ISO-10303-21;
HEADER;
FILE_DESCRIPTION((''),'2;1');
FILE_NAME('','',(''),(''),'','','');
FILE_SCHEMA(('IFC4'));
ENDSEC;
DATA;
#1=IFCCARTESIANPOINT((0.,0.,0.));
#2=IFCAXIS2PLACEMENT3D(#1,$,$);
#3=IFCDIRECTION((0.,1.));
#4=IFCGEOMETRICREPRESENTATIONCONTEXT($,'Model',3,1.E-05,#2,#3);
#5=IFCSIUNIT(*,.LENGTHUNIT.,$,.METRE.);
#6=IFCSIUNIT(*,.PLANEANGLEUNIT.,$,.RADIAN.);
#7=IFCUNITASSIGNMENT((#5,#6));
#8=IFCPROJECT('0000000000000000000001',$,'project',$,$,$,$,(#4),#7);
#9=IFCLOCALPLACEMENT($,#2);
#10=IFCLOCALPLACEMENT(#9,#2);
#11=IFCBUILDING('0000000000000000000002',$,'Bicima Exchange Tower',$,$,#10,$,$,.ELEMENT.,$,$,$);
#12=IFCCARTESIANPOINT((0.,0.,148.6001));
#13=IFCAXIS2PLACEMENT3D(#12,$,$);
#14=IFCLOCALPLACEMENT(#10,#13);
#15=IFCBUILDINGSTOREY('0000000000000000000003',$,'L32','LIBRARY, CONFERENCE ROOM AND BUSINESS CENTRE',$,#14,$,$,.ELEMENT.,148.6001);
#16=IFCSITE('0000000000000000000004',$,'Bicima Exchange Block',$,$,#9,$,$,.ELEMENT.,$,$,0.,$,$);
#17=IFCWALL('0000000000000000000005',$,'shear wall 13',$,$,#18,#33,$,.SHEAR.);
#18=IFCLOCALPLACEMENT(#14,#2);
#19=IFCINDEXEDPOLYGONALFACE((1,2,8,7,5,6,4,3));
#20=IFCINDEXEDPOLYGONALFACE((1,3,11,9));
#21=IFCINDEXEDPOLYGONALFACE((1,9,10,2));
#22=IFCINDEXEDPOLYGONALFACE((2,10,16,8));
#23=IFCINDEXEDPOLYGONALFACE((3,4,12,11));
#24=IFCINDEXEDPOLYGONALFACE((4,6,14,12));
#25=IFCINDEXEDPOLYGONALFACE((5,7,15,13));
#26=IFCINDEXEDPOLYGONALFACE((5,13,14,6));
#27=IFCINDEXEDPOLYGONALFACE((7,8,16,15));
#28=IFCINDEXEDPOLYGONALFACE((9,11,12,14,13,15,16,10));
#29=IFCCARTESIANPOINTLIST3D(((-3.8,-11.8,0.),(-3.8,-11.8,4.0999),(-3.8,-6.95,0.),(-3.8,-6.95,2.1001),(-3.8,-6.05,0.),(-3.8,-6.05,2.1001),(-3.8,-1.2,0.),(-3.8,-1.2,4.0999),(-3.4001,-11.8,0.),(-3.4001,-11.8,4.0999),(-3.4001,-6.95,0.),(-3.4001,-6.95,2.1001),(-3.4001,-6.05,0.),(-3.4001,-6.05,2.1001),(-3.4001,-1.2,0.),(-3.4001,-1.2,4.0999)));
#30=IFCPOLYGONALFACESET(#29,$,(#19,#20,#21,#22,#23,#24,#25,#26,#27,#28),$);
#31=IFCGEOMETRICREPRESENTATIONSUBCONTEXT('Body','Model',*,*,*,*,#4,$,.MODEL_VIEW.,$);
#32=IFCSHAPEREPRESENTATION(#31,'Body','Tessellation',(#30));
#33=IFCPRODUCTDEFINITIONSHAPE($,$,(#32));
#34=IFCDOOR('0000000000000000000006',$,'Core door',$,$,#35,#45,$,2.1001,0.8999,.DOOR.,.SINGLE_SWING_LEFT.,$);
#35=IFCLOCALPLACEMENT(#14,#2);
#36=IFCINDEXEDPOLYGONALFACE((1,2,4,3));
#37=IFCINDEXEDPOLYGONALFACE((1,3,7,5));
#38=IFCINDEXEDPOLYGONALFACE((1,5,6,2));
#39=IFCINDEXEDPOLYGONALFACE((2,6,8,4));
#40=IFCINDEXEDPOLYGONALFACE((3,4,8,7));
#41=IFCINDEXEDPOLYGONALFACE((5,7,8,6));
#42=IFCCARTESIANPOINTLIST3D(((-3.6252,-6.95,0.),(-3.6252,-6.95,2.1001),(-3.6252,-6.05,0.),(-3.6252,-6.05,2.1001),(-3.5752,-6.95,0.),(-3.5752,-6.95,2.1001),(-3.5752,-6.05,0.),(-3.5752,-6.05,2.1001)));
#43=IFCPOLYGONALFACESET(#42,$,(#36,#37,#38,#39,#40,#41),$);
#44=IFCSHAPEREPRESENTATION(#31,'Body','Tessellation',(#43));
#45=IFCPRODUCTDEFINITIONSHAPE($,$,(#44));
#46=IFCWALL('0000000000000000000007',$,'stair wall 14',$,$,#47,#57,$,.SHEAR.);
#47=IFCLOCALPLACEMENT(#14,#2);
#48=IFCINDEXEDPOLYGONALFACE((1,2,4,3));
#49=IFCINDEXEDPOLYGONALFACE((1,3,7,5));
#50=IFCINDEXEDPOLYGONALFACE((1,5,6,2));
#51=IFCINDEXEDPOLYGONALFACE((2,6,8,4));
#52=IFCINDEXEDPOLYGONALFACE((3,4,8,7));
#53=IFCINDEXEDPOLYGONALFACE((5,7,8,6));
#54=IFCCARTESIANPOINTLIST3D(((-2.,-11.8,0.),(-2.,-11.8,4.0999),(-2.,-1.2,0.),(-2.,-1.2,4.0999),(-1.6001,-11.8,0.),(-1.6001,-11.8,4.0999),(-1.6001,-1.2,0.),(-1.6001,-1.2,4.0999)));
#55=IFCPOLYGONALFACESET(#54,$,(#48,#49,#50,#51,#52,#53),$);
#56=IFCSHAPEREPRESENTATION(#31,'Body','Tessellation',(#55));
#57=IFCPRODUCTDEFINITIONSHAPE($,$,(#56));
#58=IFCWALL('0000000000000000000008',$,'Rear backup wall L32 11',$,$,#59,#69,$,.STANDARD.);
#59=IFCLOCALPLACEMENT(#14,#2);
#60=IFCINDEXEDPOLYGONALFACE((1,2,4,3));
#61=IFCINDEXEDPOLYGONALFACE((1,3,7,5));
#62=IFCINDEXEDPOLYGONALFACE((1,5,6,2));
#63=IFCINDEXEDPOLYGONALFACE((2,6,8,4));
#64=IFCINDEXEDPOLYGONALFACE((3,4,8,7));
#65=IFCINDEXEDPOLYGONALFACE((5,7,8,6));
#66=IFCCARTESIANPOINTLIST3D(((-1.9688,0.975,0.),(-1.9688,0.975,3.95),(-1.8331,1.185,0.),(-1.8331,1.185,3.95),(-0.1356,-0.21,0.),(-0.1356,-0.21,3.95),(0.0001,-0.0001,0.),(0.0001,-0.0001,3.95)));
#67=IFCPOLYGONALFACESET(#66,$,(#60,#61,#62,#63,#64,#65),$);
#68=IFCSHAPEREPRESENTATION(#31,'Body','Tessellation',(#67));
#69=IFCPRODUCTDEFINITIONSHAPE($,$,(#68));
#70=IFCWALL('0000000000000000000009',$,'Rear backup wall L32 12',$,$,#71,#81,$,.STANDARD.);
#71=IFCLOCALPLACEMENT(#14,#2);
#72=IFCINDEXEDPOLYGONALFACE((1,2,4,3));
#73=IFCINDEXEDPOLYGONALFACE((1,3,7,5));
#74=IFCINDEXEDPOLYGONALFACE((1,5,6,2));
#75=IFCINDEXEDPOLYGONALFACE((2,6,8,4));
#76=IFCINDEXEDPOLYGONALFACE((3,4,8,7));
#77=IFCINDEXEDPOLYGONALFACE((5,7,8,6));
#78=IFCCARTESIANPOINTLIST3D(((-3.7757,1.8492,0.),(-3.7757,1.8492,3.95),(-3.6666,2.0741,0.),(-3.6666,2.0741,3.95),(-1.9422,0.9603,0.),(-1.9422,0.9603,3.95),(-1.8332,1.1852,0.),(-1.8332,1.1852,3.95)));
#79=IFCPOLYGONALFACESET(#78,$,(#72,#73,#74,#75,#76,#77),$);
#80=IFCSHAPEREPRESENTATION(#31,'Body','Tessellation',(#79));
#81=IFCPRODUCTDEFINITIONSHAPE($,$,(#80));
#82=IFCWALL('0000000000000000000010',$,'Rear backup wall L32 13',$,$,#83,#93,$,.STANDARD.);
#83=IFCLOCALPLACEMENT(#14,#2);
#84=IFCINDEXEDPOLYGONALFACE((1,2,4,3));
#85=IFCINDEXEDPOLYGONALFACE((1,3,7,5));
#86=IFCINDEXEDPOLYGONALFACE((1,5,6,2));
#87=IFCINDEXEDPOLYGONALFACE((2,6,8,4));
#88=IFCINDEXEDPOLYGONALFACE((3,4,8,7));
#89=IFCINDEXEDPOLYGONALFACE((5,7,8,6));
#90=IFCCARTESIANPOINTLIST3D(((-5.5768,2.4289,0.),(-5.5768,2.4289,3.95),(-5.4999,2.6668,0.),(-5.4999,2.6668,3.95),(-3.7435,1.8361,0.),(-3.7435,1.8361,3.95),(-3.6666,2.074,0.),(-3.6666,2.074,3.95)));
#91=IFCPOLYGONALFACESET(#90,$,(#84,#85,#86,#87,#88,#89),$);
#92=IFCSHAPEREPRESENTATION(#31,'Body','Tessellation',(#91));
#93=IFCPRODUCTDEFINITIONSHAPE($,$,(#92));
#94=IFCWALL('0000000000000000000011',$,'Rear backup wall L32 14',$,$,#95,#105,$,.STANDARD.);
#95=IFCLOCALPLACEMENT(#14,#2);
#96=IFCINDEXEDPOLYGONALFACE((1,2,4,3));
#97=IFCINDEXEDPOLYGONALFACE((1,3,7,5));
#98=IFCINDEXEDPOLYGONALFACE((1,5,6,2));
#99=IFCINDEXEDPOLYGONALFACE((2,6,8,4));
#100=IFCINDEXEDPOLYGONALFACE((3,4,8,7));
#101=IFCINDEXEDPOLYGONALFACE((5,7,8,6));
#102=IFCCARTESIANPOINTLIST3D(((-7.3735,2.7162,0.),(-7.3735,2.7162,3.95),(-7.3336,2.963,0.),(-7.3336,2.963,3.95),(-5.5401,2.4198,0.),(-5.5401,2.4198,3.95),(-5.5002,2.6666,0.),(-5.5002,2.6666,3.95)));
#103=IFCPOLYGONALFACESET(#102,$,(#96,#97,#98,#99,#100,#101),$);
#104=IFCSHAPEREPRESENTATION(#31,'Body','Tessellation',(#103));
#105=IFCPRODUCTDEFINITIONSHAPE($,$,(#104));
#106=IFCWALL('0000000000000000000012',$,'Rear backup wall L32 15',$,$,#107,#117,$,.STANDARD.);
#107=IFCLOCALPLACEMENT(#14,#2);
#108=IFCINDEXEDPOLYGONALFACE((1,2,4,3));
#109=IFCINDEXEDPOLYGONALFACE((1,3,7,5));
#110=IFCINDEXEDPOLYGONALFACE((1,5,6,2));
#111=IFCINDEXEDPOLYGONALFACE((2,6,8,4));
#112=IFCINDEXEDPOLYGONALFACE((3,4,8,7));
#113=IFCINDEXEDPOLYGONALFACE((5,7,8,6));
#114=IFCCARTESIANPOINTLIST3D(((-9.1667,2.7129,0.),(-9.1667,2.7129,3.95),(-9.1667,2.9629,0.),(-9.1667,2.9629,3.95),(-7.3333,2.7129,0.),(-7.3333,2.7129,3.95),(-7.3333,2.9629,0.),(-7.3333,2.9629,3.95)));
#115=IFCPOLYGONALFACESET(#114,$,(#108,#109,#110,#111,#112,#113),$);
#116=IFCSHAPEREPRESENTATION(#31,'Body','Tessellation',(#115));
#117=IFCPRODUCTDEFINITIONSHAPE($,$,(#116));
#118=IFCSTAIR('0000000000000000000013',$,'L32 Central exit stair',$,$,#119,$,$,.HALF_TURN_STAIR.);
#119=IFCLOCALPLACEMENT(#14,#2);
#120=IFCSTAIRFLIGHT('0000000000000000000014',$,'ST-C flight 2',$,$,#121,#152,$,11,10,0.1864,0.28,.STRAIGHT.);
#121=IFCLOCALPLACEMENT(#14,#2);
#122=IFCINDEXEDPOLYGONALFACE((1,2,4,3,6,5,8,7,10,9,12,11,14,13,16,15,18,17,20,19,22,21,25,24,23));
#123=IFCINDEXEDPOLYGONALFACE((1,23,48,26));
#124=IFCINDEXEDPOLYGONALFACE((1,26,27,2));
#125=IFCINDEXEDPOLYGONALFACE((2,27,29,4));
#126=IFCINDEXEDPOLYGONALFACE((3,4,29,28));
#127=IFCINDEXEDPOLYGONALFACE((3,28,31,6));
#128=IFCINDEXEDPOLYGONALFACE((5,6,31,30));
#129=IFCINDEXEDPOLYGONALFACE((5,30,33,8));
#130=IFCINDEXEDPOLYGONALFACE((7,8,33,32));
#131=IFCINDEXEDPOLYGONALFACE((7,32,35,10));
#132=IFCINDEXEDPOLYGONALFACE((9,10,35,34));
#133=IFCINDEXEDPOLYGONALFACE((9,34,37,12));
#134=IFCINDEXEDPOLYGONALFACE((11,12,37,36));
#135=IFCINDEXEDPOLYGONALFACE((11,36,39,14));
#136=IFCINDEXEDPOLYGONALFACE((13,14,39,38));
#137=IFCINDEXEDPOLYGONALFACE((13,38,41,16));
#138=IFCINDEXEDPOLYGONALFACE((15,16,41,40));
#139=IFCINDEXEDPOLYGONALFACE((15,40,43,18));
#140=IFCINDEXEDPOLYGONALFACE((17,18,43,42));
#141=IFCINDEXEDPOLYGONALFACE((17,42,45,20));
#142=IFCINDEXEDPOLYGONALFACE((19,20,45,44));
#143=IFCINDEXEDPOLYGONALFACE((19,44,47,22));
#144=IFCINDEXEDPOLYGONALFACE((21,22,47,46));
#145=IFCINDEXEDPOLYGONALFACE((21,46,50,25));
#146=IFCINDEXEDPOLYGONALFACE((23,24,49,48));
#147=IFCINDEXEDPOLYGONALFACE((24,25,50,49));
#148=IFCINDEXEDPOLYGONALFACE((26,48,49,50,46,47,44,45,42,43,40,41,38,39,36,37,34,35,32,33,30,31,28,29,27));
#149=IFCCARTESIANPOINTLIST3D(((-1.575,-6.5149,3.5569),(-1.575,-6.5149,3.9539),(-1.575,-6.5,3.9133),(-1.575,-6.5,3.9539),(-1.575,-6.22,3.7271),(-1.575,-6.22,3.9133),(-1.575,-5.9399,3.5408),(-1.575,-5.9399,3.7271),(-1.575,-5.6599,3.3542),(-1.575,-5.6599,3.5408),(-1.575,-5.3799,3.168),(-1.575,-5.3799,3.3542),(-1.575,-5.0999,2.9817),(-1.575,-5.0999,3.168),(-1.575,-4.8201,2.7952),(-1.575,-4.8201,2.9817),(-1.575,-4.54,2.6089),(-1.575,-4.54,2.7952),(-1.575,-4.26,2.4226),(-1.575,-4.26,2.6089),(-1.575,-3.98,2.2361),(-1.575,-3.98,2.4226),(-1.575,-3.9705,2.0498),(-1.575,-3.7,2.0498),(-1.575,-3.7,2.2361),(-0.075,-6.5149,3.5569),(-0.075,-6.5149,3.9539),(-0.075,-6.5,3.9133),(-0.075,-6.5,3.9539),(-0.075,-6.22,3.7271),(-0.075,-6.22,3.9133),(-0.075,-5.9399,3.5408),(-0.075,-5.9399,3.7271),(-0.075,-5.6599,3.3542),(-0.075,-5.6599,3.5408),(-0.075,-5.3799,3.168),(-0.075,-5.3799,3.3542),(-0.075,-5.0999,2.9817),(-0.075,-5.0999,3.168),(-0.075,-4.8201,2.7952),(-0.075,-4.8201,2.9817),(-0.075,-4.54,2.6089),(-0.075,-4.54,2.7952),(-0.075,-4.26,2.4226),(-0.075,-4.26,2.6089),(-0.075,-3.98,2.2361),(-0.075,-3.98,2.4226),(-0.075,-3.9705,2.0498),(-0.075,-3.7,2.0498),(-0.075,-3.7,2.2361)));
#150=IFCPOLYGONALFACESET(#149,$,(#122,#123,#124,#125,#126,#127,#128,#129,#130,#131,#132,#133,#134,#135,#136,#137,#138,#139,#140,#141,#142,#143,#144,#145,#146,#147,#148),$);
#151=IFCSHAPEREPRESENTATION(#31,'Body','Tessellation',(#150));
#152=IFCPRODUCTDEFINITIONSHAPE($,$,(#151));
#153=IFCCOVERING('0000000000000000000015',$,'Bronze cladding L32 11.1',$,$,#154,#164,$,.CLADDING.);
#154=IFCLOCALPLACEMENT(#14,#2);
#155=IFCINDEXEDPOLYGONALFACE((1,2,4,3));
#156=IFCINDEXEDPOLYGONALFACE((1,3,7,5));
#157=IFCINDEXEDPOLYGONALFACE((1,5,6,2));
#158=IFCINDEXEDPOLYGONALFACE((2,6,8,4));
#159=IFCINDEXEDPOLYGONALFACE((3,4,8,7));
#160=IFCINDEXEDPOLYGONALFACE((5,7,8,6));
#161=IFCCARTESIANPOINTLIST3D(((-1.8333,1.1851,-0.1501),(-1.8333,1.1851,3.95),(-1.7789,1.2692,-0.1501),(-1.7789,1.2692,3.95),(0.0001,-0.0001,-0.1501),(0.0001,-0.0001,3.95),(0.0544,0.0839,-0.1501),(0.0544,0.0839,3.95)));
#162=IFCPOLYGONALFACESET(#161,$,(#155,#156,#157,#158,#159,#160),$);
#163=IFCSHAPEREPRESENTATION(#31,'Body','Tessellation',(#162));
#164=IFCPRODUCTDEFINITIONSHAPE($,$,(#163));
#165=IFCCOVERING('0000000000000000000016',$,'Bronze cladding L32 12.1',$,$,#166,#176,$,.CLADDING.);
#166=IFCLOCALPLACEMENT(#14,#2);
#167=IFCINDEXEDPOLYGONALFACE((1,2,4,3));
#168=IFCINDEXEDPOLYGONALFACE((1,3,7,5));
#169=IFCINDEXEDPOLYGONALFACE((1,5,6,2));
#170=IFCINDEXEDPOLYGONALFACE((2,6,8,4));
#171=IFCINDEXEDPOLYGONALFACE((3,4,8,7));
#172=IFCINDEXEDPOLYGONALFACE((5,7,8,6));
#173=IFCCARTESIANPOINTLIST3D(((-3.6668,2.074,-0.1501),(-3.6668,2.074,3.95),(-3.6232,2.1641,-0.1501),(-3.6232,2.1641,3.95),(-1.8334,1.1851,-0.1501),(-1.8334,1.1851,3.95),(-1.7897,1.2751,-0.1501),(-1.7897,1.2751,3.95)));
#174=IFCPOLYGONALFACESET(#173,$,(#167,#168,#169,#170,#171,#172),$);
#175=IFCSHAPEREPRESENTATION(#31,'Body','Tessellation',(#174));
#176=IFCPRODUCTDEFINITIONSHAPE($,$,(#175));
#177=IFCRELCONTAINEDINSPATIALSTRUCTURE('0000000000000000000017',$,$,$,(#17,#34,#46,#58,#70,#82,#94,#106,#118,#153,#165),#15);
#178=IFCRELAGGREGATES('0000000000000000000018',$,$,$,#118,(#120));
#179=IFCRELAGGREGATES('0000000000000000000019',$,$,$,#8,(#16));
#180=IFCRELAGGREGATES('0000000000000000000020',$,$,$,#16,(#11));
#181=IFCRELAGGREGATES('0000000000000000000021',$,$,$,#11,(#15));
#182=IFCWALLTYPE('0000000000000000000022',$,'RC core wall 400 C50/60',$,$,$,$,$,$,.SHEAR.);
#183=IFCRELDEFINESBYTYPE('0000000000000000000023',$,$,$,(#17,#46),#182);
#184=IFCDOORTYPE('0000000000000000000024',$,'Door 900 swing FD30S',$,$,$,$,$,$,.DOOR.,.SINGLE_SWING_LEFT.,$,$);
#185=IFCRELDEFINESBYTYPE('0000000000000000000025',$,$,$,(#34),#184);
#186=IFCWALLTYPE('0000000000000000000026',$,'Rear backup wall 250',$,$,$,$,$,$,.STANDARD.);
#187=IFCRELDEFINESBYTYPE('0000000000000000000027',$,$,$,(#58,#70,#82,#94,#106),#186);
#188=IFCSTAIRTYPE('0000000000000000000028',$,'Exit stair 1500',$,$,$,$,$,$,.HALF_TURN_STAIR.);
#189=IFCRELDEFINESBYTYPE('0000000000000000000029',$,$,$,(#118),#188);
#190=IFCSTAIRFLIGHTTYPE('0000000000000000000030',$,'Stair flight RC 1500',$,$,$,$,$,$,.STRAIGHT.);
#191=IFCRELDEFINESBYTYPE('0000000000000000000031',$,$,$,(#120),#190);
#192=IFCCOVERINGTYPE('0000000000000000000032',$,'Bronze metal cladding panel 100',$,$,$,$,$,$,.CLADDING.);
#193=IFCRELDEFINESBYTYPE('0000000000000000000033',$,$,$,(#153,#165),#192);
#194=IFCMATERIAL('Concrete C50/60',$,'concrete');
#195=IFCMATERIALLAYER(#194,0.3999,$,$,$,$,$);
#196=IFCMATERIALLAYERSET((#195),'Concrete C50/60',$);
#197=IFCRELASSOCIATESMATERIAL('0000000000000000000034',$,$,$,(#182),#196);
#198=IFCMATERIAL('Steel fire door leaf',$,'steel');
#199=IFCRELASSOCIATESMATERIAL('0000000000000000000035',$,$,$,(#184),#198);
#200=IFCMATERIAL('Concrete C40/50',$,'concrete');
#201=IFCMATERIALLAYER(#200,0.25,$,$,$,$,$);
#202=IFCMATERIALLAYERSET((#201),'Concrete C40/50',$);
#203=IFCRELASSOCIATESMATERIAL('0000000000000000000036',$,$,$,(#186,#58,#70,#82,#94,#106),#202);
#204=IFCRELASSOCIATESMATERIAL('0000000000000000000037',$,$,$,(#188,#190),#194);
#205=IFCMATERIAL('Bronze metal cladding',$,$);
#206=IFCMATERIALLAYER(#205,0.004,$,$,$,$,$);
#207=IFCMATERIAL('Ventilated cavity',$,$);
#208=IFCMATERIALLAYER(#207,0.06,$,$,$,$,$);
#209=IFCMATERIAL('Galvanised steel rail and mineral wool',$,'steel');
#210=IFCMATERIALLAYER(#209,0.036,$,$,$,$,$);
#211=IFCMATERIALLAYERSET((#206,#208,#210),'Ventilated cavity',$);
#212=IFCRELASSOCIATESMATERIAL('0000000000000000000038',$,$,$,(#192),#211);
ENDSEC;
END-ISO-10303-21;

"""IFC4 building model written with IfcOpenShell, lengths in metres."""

from ifc_helpers import new_model, si_unit, direction, frame, frame_2d, origin, origin_2d, place, context, subcontext, project, spatial, polyline, rectangle, outline, extrude, material, layer, layer_set, layer_usage, type_object, element, fill, aggregate, save


model = new_model("IFC4")

# Units and contexts
model_context = context("Model", 3, precision=1e-05, world=origin(), true_north=direction((0.0, 1.0)))
body_context = subcontext(model_context, "Body", "Model", "MODEL_VIEW")
ifc_project = project(units=[si_unit("LENGTHUNIT", "METRE"), si_unit("PLANEANGLEUNIT", "RADIAN")], contexts=[model_context])

# Site, building, storey
site_placement = place(None, origin())
site = spatial("IfcSite", under=ifc_project, at=site_placement, Name="Bicima Exchange Block", CompositionType="ELEMENT", RefElevation=0.0)
building_placement = place(site_placement, origin())
building = spatial("IfcBuilding", under=site, at=building_placement, Name="Bicima Exchange Tower", CompositionType="ELEMENT")
storey_placement = place(building_placement, frame((0.0, 0.0, 148.6001)))
storey = spatial("IfcBuildingStorey", under=building, at=storey_placement, Name="L32", Description="LIBRARY, CONFERENCE ROOM AND BUSINESS CENTRE", CompositionType="ELEMENT", Elevation=148.6001)

# Shared definitions
ifc_material_1 = material(Name="Concrete C40/50", Category="concrete")

# Shared definitions
ifc_material_2 = material(Name="Concrete C50/60", Category="concrete")

# Shared definitions
ifc_layer_1 = layer(ifc_material_2, 0.3999)
ifc_layer_set_1 = layer_set([ifc_layer_1], Name="Concrete C50/60")
wall_type_1 = type_object("IfcWallType", Name="RC core wall 400 C50/60", PredefinedType="SHEAR", material=ifc_layer_set_1)
ifc_material_3 = material(Name="Steel fire door leaf", Category="steel")

# Wall, opening, door
wall_1_placement = place(storey_placement, frame((-3.6001, -11.8, 0.0), z_axis=(0.0, 0.0, 1.0), x_axis=(0.0, 1.0, 0.0)))
wall_1 = element("IfcWall", 1, at=wall_1_placement, inside=storey, type_object=wall_type_1, Name="shear wall 13", PredefinedType="SHEAR", context=body_context, shape_type="SweptSolid", body=[
    extrude(rectangle(XDim=10.6001, YDim=0.3999, at=frame_2d((5.3, 0.0))), origin(), (0.0, 0.0, 1.0), 4.0999),
])
opening_1_placement = place(wall_1_placement, frame((4.8501, 0.0, 0.0)))
opening_1 = element("IfcOpeningElement", 2, at=opening_1_placement, cuts=wall_1, PredefinedType="OPENING", context=body_context, shape_type="SweptSolid", body=[
    extrude(rectangle(XDim=0.8999, YDim=2.1001, at=frame_2d((0.45, 1.05))), frame((0.0, 0.2119, 0.0), z_axis=(0.0, -1.0, 0.0), x_axis=(1.0, 0.0, 0.0)), (0.0, 0.0, 1.0), 0.4238),
])
door_type_1 = type_object("IfcDoorType", Name="Door 900 swing FD30S", OperationType="SINGLE_SWING_LEFT", PredefinedType="DOOR", material=ifc_material_3)
door_1_placement = place(opening_1_placement, frame((0.8999, 0.0, 0.0), z_axis=(0.0, 0.0, 1.0), x_axis=(-1.0, 0.0, 0.0)))
door_1 = element("IfcDoor", 3, at=door_1_placement, inside=storey, type_object=door_type_1, Name="Core door", OperationType="SINGLE_SWING_LEFT", OverallHeight=2.1001, OverallWidth=0.8999, PredefinedType="DOOR", context=body_context, shape_type="SweptSolid", body=[
    extrude(rectangle(XDim=0.8999, YDim=2.1001, at=frame_2d((0.45, 1.05))), frame((0.0, 0.0249, 0.0), z_axis=(0.0, -1.0, 0.0), x_axis=(1.0, 0.0, 0.0)), (0.0, 0.0, 1.0), 0.05),
])
fill(opening_1, door_1)

# Walls
wall_2_placement = place(storey_placement, frame((-1.8, -11.8, 0.0), z_axis=(0.0, 0.0, 1.0), x_axis=(0.0, 1.0, 0.0)))
element("IfcWall", 4, at=wall_2_placement, inside=storey, type_object=wall_type_1, Name="stair wall 14", PredefinedType="SHEAR", context=body_context, shape_type="SweptSolid", body=[
    extrude(rectangle(XDim=10.6001, YDim=0.3999, at=frame_2d((5.3, 0.0))), origin(), (0.0, 0.0, 1.0), 4.0999),
])
ifc_layer_2 = layer(ifc_material_1, 0.25)
ifc_layer_set_2 = layer_set([ifc_layer_2], Name="Concrete C40/50")
ifc_layer_usage = layer_usage(ifc_layer_set_2, "AXIS2", "POSITIVE", -0.125)
wall_type_2 = type_object("IfcWallType", Name="Rear backup wall 250", PredefinedType="STANDARD", material=ifc_layer_set_2)
wall_3_placement = place(storey_placement, frame((-0.0679, -0.105, 0.0), z_axis=(0.0, 0.0, 1.0), x_axis=(-0.839813, 0.542876, 0.0)))
element("IfcWall", 5, at=wall_3_placement, inside=storey, type_object=wall_type_2, material=ifc_layer_usage, Name="Rear backup wall L32 11", PredefinedType="STANDARD", context=body_context, shape_type="SweptSolid", body=[
    extrude(rectangle(XDim=2.1829, YDim=0.25, at=frame_2d((1.0913, 0.0))), origin(), (0.0, 0.0, 1.0), 3.95),
])
wall_4_placement = place(storey_placement, frame((-1.8877, 1.0728, 0.0), z_axis=(0.0, 0.0, 1.0), x_axis=(-0.899824, 0.436253, 0.0)))
element("IfcWall", 6, at=wall_4_placement, inside=storey, type_object=wall_type_2, material=ifc_layer_usage, Name="Rear backup wall L32 12", PredefinedType="STANDARD", context=body_context, shape_type="SweptSolid", body=[
    extrude(rectangle(XDim=2.0376, YDim=0.25, at=frame_2d((1.0188, 0.0))), origin(), (0.0, 0.0, 1.0), 3.95),
])
wall_5_placement = place(storey_placement, frame((-3.7051, 1.9551, 0.0), z_axis=(0.0, 0.0, 1.0), x_axis=(-0.951496, 0.307662, 0.0)))
element("IfcWall", 7, at=wall_5_placement, inside=storey, type_object=wall_type_2, material=ifc_layer_usage, Name="Rear backup wall L32 13", PredefinedType="STANDARD", context=body_context, shape_type="SweptSolid", body=[
    extrude(rectangle(XDim=1.9268, YDim=0.25, at=frame_2d((0.9634, 0.0))), origin(), (0.0, 0.0, 1.0), 3.95),
])
wall_6_placement = place(storey_placement, frame((-5.52, 2.5432, 0.0), z_axis=(0.0, 0.0, 1.0), x_axis=(-0.987182, 0.1596, 0.0)))
element("IfcWall", 8, at=wall_6_placement, inside=storey, type_object=wall_type_2, material=ifc_layer_usage, Name="Rear backup wall L32 14", PredefinedType="STANDARD", context=body_context, shape_type="SweptSolid", body=[
    extrude(rectangle(XDim=1.8572, YDim=0.25, at=frame_2d((0.9287, 0.0))), origin(), (0.0, 0.0, 1.0), 3.95),
])
wall_7_placement = place(storey_placement, frame((-7.3333, 2.8379, 0.0), z_axis=(0.0, 0.0, 1.0), x_axis=(-1.0, 0.0, 0.0)))
element("IfcWall", 9, at=wall_7_placement, inside=storey, type_object=wall_type_2, material=ifc_layer_usage, Name="Rear backup wall L32 15", PredefinedType="STANDARD", context=body_context, shape_type="SweptSolid", body=[
    extrude(rectangle(XDim=1.8335, YDim=0.25, at=frame_2d((0.9167, 0.0))), origin(), (0.0, 0.0, 1.0), 3.95),
])

# Stair, stair flight
stair_type_1 = type_object("IfcStairType", Name="Exit stair 1500", PredefinedType="HALF_TURN_STAIR", material=ifc_material_2)
stair_1_placement = place(storey_placement, origin())
stair_1 = element("IfcStair", 10, at=stair_1_placement, inside=storey, type_object=stair_type_1, Name="L32 Central exit stair", PredefinedType="HALF_TURN_STAIR")
stair_flight_type = type_object("IfcStairFlightType", Name="Stair flight RC 1500", PredefinedType="STRAIGHT", material=ifc_material_2)
stair_flight_placement = place(storey_placement, frame((-0.825, -3.7, 2.0498), z_axis=(0.0, 0.0, 1.0), x_axis=(0.0, -1.0, 0.0)))
stair_flight = element("IfcStairFlight", 11, at=stair_flight_placement, type_object=stair_flight_type, Name="ST-C flight 2", NumberOfRisers=11, NumberOfTreads=10, PredefinedType="STRAIGHT", RiserHeight=0.1864, TreadLength=0.28, context=body_context, shape_type="SweptSolid", body=[
    extrude(outline(polyline([(0.0, 0.0), (0.0, 0.1863), (0.28, 0.1863), (0.28, 0.3728), (0.5601, 0.3728), (0.5601, 0.5591), (0.8401, 0.5591), (0.8401, 0.7454), (1.1201, 0.7454), (1.1201, 0.9319), (1.3999, 0.9319), (1.3999, 1.1182), (1.6799, 1.1182), (1.6799, 1.3044), (1.96, 1.3044), (1.96, 1.491), (2.24, 1.491), (2.24, 1.6772), (2.52, 1.6772), (2.52, 1.8635), (2.8, 1.8635), (2.8, 1.9041), (2.8149, 1.9041), (2.8149, 1.5071), (0.2705, 0.0), (0.0, 0.0)])), frame((0.0, 0.75, 0.0), z_axis=(0.0, -1.0, 0.0), x_axis=(1.0, 0.0, 0.0)), (0.0, 0.0, 1.0), 1.5),
])
aggregate(stair_1, [stair_flight])

# Coverings
ifc_material_4 = material(Name="Bronze metal cladding")
ifc_layer_3 = layer(ifc_material_4, 0.004)
ifc_material_5 = material(Name="Ventilated cavity")
ifc_layer_4 = layer(ifc_material_5, 0.06)
ifc_material_6 = material(Name="Galvanised steel rail and mineral wool", Category="steel")
ifc_layer_5 = layer(ifc_material_6, 0.036)
ifc_layer_set_3 = layer_set([ifc_layer_3, ifc_layer_4, ifc_layer_5], Name="Ventilated cavity")
covering_type = type_object("IfcCoveringType", Name="Bronze metal cladding panel 100", PredefinedType="CLADDING", material=ifc_layer_set_3)
covering_1_placement = place(storey_placement, frame((-0.8894, 0.6345, -0.1501), z_axis=(0.0, 0.0, 1.0), x_axis=(-0.83979, 0.542911, 0.0)))
element("IfcCovering", 12, at=covering_1_placement, inside=storey, type_object=covering_type, Name="Bronze cladding L32 11.1", PredefinedType="CLADDING", context=body_context, shape_type="SweptSolid", body=[
    extrude(rectangle(XDim=2.1831, YDim=0.1001, at=origin_2d()), origin(), (0.0, 0.0, 1.0), 4.1001),
])
covering_2_placement = place(storey_placement, frame((-2.7283, 1.6746, -0.1501), z_axis=(0.0, 0.0, 1.0), x_axis=(-0.899818, 0.436265, 0.0)))
element("IfcCovering", 13, at=covering_2_placement, inside=storey, type_object=covering_type, Name="Bronze cladding L32 12.1", PredefinedType="CLADDING", context=body_context, shape_type="SweptSolid", body=[
    extrude(rectangle(XDim=2.0376, YDim=0.1001, at=origin_2d()), origin(), (0.0, 0.0, 1.0), 4.1001),
])

save(model, "model.ifc")
